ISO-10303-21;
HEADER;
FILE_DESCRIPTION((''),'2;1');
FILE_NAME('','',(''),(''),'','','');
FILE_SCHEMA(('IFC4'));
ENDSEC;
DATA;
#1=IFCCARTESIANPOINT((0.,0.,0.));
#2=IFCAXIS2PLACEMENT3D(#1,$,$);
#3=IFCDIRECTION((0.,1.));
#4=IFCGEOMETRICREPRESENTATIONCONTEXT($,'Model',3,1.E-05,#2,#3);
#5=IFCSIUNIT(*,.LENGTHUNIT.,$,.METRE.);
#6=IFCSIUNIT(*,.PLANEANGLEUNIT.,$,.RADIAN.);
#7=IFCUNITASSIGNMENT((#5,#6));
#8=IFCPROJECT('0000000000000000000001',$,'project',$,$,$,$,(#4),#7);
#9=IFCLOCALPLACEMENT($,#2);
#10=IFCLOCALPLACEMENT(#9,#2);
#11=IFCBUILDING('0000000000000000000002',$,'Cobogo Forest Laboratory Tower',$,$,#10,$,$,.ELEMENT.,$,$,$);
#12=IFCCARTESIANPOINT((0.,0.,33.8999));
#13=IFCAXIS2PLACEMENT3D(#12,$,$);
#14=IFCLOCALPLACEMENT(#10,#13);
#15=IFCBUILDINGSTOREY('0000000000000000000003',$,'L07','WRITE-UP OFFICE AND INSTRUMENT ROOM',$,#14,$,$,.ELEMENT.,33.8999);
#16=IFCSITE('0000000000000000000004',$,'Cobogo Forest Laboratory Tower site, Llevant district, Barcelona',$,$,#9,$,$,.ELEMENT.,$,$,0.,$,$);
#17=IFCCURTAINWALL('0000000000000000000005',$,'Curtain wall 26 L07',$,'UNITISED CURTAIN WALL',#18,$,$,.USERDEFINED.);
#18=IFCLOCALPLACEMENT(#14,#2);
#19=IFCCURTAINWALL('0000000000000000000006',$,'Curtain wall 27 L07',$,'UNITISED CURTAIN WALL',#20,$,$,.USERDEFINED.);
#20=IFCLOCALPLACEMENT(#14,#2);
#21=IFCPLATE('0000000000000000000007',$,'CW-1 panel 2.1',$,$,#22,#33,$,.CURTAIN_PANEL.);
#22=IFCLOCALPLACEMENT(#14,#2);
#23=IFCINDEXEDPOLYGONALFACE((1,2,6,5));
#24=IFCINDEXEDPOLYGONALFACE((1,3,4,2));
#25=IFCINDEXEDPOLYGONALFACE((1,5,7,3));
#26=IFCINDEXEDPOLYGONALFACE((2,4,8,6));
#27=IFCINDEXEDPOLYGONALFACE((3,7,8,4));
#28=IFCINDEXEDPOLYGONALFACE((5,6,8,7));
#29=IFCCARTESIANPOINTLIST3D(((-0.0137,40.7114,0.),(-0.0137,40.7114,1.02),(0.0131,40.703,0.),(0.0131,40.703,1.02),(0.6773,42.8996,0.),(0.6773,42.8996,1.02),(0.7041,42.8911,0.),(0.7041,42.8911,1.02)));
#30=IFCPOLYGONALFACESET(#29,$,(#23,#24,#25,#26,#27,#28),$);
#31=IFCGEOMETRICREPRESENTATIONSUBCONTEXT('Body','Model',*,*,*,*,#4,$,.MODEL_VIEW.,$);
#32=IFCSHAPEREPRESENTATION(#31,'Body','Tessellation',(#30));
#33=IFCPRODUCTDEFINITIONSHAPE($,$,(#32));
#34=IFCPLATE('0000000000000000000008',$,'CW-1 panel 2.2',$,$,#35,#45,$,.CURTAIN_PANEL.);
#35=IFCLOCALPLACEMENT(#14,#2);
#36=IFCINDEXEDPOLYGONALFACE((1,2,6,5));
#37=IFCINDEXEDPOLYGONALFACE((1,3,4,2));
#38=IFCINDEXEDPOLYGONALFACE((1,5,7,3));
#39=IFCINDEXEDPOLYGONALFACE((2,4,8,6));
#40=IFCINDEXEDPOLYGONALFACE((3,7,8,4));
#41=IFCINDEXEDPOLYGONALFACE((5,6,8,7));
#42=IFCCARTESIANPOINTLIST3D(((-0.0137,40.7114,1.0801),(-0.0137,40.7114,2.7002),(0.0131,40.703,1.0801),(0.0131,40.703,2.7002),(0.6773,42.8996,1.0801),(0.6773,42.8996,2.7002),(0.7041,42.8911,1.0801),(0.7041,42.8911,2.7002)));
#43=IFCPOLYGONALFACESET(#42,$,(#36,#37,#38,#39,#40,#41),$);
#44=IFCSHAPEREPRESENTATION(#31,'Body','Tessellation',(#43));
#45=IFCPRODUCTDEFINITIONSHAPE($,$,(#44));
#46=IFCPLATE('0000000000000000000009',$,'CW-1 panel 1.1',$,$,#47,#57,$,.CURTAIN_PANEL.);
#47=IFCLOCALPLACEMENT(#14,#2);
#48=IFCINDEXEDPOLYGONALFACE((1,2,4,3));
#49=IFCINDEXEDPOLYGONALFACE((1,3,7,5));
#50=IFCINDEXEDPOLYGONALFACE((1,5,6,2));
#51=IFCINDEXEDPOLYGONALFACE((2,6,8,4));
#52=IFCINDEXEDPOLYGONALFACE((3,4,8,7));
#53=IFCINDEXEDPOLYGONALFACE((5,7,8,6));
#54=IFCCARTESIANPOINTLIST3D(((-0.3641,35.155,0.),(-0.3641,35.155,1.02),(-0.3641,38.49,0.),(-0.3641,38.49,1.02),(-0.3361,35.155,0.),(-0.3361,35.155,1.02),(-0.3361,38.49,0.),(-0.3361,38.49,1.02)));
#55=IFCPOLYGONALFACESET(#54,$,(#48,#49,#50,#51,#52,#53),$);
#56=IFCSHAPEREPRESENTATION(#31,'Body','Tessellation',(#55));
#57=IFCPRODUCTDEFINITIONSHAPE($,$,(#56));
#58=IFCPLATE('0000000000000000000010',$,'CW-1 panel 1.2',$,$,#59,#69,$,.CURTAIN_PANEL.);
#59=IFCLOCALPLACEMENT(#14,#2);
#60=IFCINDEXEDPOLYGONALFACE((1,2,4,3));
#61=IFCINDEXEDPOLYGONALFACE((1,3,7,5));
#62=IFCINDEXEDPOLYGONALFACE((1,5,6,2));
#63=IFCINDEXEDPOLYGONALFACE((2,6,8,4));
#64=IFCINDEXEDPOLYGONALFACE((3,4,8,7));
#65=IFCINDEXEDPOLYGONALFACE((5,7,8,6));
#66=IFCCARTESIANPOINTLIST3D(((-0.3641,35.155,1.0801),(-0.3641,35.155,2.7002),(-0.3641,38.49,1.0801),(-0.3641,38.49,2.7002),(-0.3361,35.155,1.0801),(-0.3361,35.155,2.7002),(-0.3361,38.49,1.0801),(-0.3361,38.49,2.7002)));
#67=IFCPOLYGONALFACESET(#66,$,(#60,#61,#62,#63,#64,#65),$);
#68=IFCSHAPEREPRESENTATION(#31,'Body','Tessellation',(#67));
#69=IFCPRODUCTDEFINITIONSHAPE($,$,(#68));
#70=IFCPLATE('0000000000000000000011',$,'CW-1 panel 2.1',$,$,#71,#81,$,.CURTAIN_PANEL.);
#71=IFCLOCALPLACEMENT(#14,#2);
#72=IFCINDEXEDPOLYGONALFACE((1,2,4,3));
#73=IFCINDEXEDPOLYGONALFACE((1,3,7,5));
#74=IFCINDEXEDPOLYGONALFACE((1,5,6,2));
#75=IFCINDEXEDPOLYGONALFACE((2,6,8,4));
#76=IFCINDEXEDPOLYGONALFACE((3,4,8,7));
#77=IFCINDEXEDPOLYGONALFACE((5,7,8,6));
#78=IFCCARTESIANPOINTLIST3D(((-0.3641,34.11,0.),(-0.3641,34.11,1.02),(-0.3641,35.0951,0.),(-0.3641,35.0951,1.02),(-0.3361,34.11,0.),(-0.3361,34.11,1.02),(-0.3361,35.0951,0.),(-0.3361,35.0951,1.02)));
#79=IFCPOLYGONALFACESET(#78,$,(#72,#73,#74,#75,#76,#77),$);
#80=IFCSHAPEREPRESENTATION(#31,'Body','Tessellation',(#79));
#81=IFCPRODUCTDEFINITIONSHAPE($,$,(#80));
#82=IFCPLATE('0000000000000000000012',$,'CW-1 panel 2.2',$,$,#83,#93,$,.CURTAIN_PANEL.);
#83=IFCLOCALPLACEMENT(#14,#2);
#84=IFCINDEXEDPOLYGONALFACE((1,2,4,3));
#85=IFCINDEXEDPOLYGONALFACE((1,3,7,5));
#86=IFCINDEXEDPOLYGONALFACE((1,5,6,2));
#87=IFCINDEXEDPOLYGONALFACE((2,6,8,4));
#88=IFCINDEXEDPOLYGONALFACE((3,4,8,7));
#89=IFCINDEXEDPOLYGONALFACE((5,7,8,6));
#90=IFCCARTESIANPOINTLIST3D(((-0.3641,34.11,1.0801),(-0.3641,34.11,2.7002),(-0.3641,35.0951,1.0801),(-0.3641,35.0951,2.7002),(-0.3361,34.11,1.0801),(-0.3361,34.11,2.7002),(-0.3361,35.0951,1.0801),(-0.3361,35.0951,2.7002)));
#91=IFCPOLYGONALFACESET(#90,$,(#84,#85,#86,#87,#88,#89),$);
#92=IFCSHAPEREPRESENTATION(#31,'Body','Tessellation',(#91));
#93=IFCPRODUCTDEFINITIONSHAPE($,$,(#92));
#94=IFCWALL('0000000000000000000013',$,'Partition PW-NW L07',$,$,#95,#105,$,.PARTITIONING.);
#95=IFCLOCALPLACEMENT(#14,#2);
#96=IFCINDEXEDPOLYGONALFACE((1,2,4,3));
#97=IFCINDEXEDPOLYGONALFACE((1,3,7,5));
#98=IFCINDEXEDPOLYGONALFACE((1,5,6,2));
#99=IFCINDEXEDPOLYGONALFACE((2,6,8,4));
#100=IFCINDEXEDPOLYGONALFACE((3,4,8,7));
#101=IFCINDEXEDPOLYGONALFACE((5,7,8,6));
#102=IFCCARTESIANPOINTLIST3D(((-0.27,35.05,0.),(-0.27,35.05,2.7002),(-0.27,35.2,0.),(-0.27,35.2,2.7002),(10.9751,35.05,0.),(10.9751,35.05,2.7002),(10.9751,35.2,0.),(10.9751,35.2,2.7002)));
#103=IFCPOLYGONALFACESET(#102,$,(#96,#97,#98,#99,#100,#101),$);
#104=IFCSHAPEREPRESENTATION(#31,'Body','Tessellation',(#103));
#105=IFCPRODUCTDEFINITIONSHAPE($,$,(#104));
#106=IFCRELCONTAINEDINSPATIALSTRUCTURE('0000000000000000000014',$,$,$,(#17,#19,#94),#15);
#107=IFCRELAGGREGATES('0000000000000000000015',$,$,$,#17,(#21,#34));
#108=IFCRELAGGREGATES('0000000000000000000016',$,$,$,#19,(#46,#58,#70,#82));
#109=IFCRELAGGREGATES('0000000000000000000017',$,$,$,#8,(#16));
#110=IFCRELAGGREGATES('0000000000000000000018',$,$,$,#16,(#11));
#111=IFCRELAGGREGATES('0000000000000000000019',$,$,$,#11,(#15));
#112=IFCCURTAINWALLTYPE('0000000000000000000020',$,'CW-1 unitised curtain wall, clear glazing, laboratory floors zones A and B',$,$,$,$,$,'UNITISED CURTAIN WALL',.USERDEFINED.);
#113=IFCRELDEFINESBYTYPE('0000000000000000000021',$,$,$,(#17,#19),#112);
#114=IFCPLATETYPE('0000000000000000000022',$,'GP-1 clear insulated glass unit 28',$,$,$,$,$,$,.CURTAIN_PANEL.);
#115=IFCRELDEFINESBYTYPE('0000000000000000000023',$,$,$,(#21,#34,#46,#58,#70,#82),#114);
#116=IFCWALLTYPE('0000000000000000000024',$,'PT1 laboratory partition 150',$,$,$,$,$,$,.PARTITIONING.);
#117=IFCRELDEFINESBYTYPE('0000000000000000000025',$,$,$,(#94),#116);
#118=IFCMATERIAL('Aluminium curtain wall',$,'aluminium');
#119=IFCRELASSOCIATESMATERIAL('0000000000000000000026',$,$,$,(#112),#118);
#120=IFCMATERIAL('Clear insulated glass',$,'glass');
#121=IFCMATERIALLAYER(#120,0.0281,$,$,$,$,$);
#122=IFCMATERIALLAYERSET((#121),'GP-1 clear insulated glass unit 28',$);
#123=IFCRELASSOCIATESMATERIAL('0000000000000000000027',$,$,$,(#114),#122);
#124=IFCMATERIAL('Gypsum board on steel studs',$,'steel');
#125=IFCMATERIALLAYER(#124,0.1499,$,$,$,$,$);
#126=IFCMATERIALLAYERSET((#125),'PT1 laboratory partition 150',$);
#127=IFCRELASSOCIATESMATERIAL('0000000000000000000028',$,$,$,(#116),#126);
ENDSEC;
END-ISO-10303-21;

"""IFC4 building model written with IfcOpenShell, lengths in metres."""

from ifc_helpers import new_model, si_unit, direction, frame, frame_2d, origin, origin_2d, place, context, subcontext, project, spatial, rectangle, extrude, material, layer, layer_set, type_object, element, aggregate, save


model = new_model("IFC4")

# Units and contexts
model_context = context("Model", 3, precision=1e-05, world=origin(), true_north=direction((0.0, 1.0)))
body_context = subcontext(model_context, "Body", "Model", "MODEL_VIEW")
ifc_project = project(units=[si_unit("LENGTHUNIT", "METRE"), si_unit("PLANEANGLEUNIT", "RADIAN")], contexts=[model_context])

# Site, building, storey
site_placement = place(None, origin())
site = spatial("IfcSite", under=ifc_project, at=site_placement, Name="Cobogo Forest Laboratory Tower site, Llevant district, Barcelona", CompositionType="ELEMENT", RefElevation=0.0)
building_placement = place(site_placement, origin())
building = spatial("IfcBuilding", under=site, at=building_placement, Name="Cobogo Forest Laboratory Tower", CompositionType="ELEMENT")
storey_placement = place(building_placement, frame((0.0, 0.0, 33.8999)))
storey = spatial("IfcBuildingStorey", under=building, at=storey_placement, Name="L07", Description="WRITE-UP OFFICE AND INSTRUMENT ROOM", CompositionType="ELEMENT", Elevation=33.8999)

# Shared definitions
ifc_material_1 = material(Name="Aluminium curtain wall", Category="aluminium")
curtain_wall_type = type_object("IfcCurtainWallType", Name="CW-1 unitised curtain wall, clear glazing, laboratory floors zones A and B", ElementType="UNITISED CURTAIN WALL", PredefinedType="USERDEFINED", material=ifc_material_1)

# Curtain walls
curtain_wall_1_placement = place(storey_placement, origin())
curtain_wall_1 = element("IfcCurtainWall", 1, at=curtain_wall_1_placement, inside=storey, type_object=curtain_wall_type, Name="Curtain wall 26 L07", ObjectType="UNITISED CURTAIN WALL", PredefinedType="USERDEFINED")
curtain_wall_2_placement = place(storey_placement, origin())
curtain_wall_2 = element("IfcCurtainWall", 2, at=curtain_wall_2_placement, inside=storey, type_object=curtain_wall_type, Name="Curtain wall 27 L07", ObjectType="UNITISED CURTAIN WALL", PredefinedType="USERDEFINED")

# Plates
ifc_material_2 = material(Name="Clear insulated glass", Category="glass")
ifc_layer_1 = layer(ifc_material_2, 0.0281)
ifc_layer_set_1 = layer_set([ifc_layer_1], Name="GP-1 clear insulated glass unit 28")
plate_type_1 = type_object("IfcPlateType", Name="GP-1 clear insulated glass unit 28", PredefinedType="CURTAIN_PANEL", material=ifc_layer_set_1)
plate_1_placement = place(storey_placement, frame((0.3452, 41.8013, 0.0), z_axis=(0.0, 0.0, 1.0), x_axis=(-0.301135, -0.953581, 0.0)))
plate_1 = element("IfcPlate", 3, at=plate_1_placement, type_object=plate_type_1, Name="CW-1 panel 2.1", PredefinedType="CURTAIN_PANEL", context=body_context, shape_type="SweptSolid", body=[
    extrude(rectangle(XDim=2.2947, YDim=0.0281, at=origin_2d()), origin(), (0.0, 0.0, 1.0), 1.02),
])
plate_2_placement = place(storey_placement, frame((0.3452, 41.8013, 1.0801), z_axis=(0.0, 0.0, 1.0), x_axis=(-0.301135, -0.953581, 0.0)))
plate_2 = element("IfcPlate", 4, at=plate_2_placement, type_object=plate_type_1, Name="CW-1 panel 2.2", PredefinedType="CURTAIN_PANEL", context=body_context, shape_type="SweptSolid", body=[
    extrude(rectangle(XDim=2.2947, YDim=0.0281, at=origin_2d()), origin(), (0.0, 0.0, 1.0), 1.6201),
])
aggregate(curtain_wall_1, [plate_1, plate_2])
plate_3_placement = place(storey_placement, frame((-0.3501, 36.8225, 0.0), z_axis=(0.0, 0.0, 1.0), x_axis=(0.0, -1.0, 0.0)))
plate_3 = element("IfcPlate", 5, at=plate_3_placement, type_object=plate_type_1, Name="CW-1 panel 1.1", PredefinedType="CURTAIN_PANEL", context=body_context, shape_type="SweptSolid", body=[
    extrude(rectangle(XDim=3.335, YDim=0.0281, at=origin_2d()), origin(), (0.0, 0.0, 1.0), 1.02),
])
plate_4_placement = place(storey_placement, frame((-0.3501, 36.8225, 1.0801), z_axis=(0.0, 0.0, 1.0), x_axis=(0.0, -1.0, 0.0)))
plate_4 = element("IfcPlate", 6, at=plate_4_placement, type_object=plate_type_1, Name="CW-1 panel 1.2", PredefinedType="CURTAIN_PANEL", context=body_context, shape_type="SweptSolid", body=[
    extrude(rectangle(XDim=3.335, YDim=0.0281, at=origin_2d()), origin(), (0.0, 0.0, 1.0), 1.6201),
])
plate_5_placement = place(storey_placement, frame((-0.3501, 34.6025, 0.0), z_axis=(0.0, 0.0, 1.0), x_axis=(0.0, -1.0, 0.0)))
plate_5 = element("IfcPlate", 7, at=plate_5_placement, type_object=plate_type_1, Name="CW-1 panel 2.1", PredefinedType="CURTAIN_PANEL", context=body_context, shape_type="SweptSolid", body=[
    extrude(rectangle(XDim=0.9851, YDim=0.0281, at=origin_2d()), origin(), (0.0, 0.0, 1.0), 1.02),
])
plate_6_placement = place(storey_placement, frame((-0.3501, 34.6025, 1.0801), z_axis=(0.0, 0.0, 1.0), x_axis=(0.0, -1.0, 0.0)))
plate_6 = element("IfcPlate", 8, at=plate_6_placement, type_object=plate_type_1, Name="CW-1 panel 2.2", PredefinedType="CURTAIN_PANEL", context=body_context, shape_type="SweptSolid", body=[
    extrude(rectangle(XDim=0.9851, YDim=0.0281, at=origin_2d()), origin(), (0.0, 0.0, 1.0), 1.6201),
])
aggregate(curtain_wall_2, [plate_3, plate_4, plate_5, plate_6])

# Wall
ifc_material_3 = material(Name="Gypsum board on steel studs", Category="steel")
ifc_layer_2 = layer(ifc_material_3, 0.1499)
ifc_layer_set_2 = layer_set([ifc_layer_2], Name="PT1 laboratory partition 150")
wall_type = type_object("IfcWallType", Name="PT1 laboratory partition 150", PredefinedType="PARTITIONING", material=ifc_layer_set_2)
wall_placement = place(storey_placement, frame((-0.27, 35.125, 0.0), z_axis=(0.0, 0.0, 1.0), x_axis=(1.0, 0.0, 0.0)))
element("IfcWall", 9, at=wall_placement, inside=storey, type_object=wall_type, Name="Partition PW-NW L07", PredefinedType="PARTITIONING", context=body_context, shape_type="SweptSolid", body=[
    extrude(rectangle(XDim=11.2451, YDim=0.1499, at=frame_2d((5.6226, 0.0))), origin(), (0.0, 0.0, 1.0), 2.7002),
])

save(model, "model.ifc")
